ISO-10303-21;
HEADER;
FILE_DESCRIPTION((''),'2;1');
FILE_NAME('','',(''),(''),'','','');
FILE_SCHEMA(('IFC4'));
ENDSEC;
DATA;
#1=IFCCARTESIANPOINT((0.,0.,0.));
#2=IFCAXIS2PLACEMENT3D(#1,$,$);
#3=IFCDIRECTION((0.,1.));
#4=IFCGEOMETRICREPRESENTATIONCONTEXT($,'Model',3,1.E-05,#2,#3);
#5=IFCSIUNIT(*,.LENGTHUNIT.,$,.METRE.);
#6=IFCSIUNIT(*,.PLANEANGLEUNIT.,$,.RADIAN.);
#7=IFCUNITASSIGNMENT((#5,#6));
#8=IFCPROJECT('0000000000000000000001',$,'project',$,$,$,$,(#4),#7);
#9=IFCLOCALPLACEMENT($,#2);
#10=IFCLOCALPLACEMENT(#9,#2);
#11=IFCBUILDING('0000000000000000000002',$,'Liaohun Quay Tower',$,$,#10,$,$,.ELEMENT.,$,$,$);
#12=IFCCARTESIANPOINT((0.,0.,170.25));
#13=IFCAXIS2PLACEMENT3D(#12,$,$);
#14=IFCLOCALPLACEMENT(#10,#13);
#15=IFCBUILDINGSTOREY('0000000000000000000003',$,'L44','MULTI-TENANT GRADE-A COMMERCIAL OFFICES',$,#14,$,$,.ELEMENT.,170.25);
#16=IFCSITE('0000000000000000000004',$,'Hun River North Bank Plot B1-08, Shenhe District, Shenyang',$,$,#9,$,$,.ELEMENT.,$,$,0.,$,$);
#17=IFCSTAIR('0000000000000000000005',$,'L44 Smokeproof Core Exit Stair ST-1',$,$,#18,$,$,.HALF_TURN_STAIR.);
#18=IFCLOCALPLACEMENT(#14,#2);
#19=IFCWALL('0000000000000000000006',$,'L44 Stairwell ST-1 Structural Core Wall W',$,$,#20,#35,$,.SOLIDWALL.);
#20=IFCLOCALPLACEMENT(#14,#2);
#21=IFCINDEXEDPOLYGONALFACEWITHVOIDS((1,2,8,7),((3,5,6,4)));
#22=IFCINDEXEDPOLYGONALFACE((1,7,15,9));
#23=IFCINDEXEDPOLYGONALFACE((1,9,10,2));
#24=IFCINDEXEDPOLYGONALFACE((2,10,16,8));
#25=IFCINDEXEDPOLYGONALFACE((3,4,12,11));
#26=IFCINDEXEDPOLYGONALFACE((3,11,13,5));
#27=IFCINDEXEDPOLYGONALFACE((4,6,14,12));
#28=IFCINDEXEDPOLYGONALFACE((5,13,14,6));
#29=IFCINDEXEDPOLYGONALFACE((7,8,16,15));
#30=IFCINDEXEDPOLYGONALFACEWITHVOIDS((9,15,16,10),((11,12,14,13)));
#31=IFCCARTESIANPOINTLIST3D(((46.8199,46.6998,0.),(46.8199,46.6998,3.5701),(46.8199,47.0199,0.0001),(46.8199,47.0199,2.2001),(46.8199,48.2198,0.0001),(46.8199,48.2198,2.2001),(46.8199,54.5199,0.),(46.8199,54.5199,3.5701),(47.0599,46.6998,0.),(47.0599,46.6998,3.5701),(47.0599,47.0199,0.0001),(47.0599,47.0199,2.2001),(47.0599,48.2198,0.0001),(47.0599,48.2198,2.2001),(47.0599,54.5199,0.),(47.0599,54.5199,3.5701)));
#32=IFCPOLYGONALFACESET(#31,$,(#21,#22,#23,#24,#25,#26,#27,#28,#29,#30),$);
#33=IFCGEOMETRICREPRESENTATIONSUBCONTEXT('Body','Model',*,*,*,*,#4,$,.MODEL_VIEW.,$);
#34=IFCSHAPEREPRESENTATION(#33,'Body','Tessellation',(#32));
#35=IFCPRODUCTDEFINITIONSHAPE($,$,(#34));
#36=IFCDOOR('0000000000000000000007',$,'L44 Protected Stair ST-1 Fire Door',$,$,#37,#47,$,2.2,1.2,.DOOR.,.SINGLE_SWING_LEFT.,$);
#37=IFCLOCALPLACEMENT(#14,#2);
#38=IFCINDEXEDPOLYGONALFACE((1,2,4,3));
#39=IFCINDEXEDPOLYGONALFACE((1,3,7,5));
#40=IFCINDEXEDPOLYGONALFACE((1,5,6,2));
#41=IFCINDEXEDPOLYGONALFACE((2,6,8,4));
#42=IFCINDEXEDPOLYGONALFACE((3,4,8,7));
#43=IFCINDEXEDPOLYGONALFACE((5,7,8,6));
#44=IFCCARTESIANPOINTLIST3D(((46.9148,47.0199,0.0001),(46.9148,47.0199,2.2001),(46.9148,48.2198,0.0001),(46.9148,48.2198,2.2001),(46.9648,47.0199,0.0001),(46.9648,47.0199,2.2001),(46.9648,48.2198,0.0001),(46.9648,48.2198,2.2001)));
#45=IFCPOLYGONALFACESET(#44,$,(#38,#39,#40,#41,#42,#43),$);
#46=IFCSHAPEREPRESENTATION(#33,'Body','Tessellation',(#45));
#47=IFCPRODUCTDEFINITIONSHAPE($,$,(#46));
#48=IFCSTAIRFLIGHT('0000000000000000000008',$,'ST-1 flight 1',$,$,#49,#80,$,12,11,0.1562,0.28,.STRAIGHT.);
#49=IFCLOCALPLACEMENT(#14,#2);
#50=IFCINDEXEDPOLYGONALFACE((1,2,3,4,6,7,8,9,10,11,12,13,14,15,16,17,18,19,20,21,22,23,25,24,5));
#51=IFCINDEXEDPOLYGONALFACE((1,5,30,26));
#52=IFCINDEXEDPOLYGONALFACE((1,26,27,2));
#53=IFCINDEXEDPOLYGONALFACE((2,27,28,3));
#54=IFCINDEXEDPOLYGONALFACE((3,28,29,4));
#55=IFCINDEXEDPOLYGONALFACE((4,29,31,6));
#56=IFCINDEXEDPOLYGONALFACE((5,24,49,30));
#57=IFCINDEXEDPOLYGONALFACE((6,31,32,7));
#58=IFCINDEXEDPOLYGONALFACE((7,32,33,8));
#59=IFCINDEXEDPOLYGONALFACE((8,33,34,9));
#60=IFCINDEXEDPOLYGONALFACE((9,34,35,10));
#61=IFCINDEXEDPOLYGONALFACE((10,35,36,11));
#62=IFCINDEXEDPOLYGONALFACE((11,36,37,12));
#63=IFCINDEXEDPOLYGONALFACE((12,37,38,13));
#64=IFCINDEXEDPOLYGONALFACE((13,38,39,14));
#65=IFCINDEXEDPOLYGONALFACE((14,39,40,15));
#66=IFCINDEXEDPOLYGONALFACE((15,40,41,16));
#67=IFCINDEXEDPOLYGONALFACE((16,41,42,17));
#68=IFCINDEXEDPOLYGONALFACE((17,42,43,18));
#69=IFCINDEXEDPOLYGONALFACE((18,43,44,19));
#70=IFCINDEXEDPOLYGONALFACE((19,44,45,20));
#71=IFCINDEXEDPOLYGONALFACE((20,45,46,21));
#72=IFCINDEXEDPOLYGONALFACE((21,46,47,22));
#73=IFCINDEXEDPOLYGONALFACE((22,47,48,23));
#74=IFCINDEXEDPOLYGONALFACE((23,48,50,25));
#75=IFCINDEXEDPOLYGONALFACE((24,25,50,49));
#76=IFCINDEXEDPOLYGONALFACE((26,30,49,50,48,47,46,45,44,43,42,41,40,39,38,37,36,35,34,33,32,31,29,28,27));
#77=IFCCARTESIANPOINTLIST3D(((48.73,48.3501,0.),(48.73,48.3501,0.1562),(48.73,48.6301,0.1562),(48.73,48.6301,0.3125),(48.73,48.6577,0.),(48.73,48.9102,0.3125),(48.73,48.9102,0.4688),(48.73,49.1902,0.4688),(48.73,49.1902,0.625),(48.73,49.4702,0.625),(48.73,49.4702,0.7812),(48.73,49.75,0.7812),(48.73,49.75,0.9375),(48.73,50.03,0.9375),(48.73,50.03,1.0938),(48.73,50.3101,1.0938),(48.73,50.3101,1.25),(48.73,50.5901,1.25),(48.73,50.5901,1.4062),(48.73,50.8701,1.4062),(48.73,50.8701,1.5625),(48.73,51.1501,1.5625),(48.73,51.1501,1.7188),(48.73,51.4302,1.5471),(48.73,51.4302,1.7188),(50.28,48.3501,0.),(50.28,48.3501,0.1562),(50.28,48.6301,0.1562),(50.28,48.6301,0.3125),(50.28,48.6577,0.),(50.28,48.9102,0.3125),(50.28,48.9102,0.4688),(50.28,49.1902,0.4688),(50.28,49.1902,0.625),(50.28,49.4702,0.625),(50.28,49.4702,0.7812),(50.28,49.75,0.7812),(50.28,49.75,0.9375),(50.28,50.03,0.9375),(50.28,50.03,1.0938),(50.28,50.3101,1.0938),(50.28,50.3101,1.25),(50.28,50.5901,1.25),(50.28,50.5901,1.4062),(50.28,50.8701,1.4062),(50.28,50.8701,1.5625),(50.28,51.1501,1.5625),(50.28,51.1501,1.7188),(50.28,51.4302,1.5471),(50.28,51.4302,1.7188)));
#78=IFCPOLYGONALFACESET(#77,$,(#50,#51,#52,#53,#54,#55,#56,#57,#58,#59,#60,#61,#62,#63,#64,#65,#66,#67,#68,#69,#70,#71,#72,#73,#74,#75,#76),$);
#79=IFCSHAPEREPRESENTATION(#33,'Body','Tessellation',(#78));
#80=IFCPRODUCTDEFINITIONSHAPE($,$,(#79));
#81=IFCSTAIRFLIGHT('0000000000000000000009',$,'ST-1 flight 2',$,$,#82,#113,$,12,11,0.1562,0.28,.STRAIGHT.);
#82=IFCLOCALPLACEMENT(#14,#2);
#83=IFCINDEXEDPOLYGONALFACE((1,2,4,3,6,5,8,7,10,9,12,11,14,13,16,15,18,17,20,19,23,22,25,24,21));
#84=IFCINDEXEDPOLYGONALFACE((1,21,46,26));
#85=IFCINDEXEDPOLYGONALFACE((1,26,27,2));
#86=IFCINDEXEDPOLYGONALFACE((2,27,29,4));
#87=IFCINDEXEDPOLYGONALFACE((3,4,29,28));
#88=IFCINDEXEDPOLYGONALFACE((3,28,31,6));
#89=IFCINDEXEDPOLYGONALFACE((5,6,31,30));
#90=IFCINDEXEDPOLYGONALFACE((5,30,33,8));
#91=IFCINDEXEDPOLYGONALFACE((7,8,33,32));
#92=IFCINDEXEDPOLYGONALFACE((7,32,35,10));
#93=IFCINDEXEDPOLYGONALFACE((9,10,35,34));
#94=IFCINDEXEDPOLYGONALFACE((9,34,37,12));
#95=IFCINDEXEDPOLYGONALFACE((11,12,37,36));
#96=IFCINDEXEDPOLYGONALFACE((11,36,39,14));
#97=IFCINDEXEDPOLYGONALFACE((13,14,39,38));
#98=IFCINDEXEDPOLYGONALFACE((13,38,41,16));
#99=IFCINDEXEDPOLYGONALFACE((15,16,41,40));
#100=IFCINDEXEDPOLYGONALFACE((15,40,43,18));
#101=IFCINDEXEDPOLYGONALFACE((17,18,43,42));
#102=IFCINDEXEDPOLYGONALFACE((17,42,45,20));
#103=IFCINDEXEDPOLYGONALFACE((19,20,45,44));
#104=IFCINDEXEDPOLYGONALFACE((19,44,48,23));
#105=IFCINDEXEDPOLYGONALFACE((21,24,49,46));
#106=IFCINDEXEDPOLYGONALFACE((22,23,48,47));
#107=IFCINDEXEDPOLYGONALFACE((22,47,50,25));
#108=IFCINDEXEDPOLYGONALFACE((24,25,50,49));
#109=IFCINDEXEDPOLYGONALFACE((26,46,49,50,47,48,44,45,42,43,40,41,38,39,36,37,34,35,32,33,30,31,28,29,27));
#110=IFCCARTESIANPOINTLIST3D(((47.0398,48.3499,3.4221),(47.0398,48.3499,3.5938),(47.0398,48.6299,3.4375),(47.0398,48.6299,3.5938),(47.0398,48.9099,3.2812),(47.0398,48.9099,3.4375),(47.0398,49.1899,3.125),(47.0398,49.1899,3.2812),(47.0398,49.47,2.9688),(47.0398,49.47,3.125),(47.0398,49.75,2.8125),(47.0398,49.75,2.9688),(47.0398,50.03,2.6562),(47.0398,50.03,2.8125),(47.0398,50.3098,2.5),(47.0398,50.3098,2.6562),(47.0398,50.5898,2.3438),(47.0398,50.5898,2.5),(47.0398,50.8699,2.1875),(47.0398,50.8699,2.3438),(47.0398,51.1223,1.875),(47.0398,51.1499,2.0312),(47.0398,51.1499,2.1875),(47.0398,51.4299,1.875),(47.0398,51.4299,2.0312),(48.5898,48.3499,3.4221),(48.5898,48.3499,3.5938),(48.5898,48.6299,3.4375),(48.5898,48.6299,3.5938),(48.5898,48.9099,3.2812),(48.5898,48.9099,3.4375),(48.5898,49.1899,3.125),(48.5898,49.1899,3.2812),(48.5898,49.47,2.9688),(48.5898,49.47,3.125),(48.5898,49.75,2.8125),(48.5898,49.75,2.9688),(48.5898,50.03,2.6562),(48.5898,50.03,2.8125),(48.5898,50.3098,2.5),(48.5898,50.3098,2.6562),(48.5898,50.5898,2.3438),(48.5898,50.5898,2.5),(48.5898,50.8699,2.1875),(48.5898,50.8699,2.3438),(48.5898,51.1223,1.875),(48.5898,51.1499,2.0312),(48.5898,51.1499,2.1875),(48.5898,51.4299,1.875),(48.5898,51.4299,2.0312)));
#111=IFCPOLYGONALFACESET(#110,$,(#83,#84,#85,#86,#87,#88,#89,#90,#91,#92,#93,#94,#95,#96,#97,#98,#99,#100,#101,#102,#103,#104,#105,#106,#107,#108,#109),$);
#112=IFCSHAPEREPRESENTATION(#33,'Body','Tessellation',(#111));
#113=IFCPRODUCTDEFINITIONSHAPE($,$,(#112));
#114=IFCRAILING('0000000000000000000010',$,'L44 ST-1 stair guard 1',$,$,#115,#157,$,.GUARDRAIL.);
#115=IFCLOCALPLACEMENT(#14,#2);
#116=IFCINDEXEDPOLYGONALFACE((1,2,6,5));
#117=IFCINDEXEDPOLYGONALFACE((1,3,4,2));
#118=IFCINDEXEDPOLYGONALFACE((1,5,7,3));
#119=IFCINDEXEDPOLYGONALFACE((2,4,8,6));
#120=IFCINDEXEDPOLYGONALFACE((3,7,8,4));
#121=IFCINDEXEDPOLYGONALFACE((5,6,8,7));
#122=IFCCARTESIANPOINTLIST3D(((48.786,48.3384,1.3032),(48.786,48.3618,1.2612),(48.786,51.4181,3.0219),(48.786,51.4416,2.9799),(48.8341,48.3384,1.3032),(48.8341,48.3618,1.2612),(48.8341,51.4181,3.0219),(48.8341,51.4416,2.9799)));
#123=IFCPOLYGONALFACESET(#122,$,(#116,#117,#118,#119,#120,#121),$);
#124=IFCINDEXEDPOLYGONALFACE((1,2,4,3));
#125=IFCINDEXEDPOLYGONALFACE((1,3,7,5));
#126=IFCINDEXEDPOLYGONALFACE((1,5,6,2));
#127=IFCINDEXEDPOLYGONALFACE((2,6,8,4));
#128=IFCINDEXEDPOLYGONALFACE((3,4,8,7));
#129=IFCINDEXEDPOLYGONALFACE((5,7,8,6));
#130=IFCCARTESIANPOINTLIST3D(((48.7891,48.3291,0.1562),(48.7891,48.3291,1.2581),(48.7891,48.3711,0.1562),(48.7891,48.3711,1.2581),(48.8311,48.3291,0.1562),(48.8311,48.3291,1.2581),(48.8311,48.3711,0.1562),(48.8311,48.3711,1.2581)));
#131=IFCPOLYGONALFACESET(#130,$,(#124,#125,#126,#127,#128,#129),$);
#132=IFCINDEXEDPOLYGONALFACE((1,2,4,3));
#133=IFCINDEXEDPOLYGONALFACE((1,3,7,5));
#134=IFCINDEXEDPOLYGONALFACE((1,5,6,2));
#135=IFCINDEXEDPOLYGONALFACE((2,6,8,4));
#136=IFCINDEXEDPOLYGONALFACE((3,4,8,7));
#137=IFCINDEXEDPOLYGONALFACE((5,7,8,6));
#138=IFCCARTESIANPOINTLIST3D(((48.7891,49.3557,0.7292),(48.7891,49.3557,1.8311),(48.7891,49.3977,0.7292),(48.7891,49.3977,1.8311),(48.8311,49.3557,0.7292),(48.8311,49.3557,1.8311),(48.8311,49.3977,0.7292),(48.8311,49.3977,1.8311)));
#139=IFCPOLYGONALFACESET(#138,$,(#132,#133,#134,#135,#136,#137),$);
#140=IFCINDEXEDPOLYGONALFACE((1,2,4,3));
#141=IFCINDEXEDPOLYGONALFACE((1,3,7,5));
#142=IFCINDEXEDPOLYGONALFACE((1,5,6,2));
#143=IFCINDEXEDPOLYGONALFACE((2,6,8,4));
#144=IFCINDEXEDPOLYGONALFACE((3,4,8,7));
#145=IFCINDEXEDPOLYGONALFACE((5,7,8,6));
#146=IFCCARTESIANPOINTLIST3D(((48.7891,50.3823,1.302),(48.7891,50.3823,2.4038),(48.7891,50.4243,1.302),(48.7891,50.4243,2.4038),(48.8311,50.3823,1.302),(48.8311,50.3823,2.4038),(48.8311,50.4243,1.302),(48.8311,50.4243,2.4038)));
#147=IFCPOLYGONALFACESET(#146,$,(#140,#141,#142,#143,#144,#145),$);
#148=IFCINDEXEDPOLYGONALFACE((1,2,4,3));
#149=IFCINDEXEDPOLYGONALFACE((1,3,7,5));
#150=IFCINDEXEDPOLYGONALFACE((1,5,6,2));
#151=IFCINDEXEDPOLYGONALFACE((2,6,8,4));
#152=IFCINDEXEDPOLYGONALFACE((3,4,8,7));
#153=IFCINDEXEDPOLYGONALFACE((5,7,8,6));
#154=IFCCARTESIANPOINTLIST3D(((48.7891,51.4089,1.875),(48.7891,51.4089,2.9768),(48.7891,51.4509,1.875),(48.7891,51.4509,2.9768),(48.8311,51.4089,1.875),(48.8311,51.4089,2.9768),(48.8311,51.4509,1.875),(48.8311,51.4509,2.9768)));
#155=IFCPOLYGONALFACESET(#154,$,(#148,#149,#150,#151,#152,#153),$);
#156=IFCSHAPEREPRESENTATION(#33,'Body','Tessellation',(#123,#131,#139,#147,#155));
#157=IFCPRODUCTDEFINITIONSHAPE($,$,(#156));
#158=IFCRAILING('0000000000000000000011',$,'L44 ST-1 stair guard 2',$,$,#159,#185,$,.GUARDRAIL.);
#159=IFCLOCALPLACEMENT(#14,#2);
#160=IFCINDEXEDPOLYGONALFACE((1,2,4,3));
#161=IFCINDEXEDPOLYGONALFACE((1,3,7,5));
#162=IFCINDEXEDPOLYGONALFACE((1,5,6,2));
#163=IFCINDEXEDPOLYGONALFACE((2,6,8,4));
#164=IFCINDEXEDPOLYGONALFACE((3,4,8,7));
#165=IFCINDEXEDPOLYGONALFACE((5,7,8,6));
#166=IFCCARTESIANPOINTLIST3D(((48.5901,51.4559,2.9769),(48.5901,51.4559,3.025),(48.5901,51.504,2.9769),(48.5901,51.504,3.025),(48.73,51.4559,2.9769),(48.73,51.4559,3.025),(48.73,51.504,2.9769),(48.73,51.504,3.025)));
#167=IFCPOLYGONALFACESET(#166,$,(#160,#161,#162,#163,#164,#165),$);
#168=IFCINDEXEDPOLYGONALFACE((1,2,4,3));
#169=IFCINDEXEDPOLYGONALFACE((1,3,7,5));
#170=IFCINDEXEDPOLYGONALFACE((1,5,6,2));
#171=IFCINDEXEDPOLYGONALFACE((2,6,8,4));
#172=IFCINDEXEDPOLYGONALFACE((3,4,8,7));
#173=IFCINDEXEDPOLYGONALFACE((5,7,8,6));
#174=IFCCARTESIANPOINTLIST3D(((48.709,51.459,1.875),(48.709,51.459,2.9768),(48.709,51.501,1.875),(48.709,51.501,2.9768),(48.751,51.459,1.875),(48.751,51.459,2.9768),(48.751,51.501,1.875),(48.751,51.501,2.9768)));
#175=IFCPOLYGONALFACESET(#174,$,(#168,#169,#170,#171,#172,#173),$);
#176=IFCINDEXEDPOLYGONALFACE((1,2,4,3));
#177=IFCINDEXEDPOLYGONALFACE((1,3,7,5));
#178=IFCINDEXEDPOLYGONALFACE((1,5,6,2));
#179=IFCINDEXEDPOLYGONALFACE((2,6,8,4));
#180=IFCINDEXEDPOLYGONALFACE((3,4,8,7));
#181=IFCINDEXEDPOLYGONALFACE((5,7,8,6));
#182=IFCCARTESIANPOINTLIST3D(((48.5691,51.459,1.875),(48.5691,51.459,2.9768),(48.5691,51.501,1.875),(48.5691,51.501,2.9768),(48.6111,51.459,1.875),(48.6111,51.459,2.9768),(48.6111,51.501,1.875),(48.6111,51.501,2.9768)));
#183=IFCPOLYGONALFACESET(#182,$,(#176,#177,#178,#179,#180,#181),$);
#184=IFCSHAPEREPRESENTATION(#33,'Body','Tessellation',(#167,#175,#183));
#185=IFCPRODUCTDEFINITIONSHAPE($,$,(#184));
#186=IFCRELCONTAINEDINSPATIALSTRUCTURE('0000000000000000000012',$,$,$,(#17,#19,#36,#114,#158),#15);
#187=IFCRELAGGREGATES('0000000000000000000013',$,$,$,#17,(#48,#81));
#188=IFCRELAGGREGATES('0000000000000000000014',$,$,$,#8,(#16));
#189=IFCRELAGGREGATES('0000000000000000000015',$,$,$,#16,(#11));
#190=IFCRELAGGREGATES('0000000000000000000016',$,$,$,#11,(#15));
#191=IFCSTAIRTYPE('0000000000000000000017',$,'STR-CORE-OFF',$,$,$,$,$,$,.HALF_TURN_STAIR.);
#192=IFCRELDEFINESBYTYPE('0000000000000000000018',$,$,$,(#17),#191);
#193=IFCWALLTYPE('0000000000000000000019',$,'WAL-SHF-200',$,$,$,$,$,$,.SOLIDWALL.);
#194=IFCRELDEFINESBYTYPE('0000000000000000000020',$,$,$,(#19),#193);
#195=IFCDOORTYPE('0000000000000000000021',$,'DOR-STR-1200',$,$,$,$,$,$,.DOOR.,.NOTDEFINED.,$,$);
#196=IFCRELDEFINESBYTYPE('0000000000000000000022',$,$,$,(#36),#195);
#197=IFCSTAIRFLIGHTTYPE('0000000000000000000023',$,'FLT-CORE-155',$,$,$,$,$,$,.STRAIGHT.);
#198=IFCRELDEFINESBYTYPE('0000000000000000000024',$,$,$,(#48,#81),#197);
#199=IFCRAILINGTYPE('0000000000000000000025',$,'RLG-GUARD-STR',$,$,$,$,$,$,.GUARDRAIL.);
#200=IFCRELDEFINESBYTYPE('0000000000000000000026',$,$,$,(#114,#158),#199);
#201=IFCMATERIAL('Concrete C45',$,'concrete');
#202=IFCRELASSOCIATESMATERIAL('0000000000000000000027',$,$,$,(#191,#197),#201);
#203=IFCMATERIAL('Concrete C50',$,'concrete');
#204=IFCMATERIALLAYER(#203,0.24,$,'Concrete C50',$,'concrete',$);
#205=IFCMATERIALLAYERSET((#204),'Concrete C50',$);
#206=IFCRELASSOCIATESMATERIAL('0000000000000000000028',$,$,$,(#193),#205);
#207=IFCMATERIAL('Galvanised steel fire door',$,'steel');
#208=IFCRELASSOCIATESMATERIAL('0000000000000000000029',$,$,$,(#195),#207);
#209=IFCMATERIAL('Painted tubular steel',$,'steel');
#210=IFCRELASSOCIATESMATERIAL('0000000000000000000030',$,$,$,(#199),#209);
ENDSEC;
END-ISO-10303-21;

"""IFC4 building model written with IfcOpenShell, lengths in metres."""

from ifc_helpers import new_model, si_unit, direction, frame, frame_2d, origin, origin_2d, place, context, subcontext, project, spatial, polyline, rectangle, outline, extrude, source, transform, mapped, material, layer, layer_set, type_object, element, fill, aggregate, save


model = new_model("IFC4")

# Units and contexts
model_context = context("Model", 3, precision=1e-05, world=origin(), true_north=direction((0.0, 1.0)))
body_context = subcontext(model_context, "Body", "Model", "MODEL_VIEW")
ifc_project = project(units=[si_unit("LENGTHUNIT", "METRE"), si_unit("PLANEANGLEUNIT", "RADIAN")], contexts=[model_context])

# Site, building, storey
site_placement = place(None, origin())
site = spatial("IfcSite", under=ifc_project, at=site_placement, Name="Hun River North Bank Plot B1-08, Shenhe District, Shenyang", CompositionType="ELEMENT", RefElevation=0.0)
building_placement = place(site_placement, origin())
building = spatial("IfcBuilding", under=site, at=building_placement, Name="Liaohun Quay Tower", CompositionType="ELEMENT")
storey_placement = place(building_placement, frame((0.0, 0.0, 170.25)))
storey = spatial("IfcBuildingStorey", under=building, at=storey_placement, Name="L44", Description="MULTI-TENANT GRADE-A COMMERCIAL OFFICES", CompositionType="ELEMENT", Elevation=170.25)

# Stair
ifc_material_1 = material(Name="Concrete C45", Category="concrete")
stair_type = type_object("IfcStairType", Name="STR-CORE-OFF", PredefinedType="HALF_TURN_STAIR", material=ifc_material_1)
stair_1_placement = place(storey_placement, origin())
stair_1 = element("IfcStair", 1, at=stair_1_placement, inside=storey, type_object=stair_type, Name="L44 Smokeproof Core Exit Stair ST-1", PredefinedType="HALF_TURN_STAIR")

# Shared definitions
ifc_material_2 = material(Name="Concrete C50", Category="concrete")
ifc_layer_1 = layer(ifc_material_2, 0.24, Name="Concrete C50", Category="concrete")
ifc_layer_set_1 = layer_set([ifc_layer_1], Name="Concrete C50")
wall_type_1 = type_object("IfcWallType", Name="WAL-SHF-200", PredefinedType="SOLIDWALL", material=ifc_layer_set_1)

# Wall, opening, door
wall_1_placement = place(storey_placement, frame((46.9399, 54.52, 0.0), z_axis=(0.0, 0.0, 1.0), x_axis=(0.0, -1.0, 0.0)))
wall_1 = element("IfcWall", 2, at=wall_1_placement, inside=storey, type_object=wall_type_1, Name="L44 Stairwell ST-1 Structural Core Wall W", PredefinedType="SOLIDWALL", context=body_context, shape_type="SweptSolid", body=[
    extrude(rectangle(XDim=7.8201, YDim=0.24, at=frame_2d((3.9102, 0.0))), origin(), (0.0, 0.0, 1.0), 3.5701),
])
shared_shape_1 = source(origin(), body_context, "Body", "SweptSolid", [
    extrude(rectangle(XDim=1.2, YDim=2.2, at=frame_2d((0.6001, 1.1001))), frame((0.0, 0.1299, 0.0), z_axis=(0.0, -1.0, 0.0), x_axis=(1.0, 0.0, 0.0)), (0.0, 0.0, 1.0), 0.26),
])
opening_1_placement = place(wall_1_placement, frame((6.3, 0.0, 0.0)))
opening_1 = element("IfcOpeningElement", 3, at=opening_1_placement, cuts=wall_1, PredefinedType="OPENING", context=body_context, shape_type="MappedRepresentation", body=[
    mapped(shared_shape_1, transform((0.0, 0.0, 0.0), x_axis=(1.0, 0.0, 0.0), y_axis=(0.0, 1.0, 0.0), z_axis=(0.0, 0.0, 1.0), scale=1.0)),
])
ifc_material_3 = material(Name="Galvanised steel fire door", Category="steel")
door_type_1 = type_object("IfcDoorType", Name="DOR-STR-1200", OperationType="NOTDEFINED", PredefinedType="DOOR", material=ifc_material_3)
shared_shape_2 = source(origin(), body_context, "Body", "SweptSolid", [
    extrude(rectangle(XDim=1.2, YDim=2.2, at=frame_2d((0.6001, 1.1001))), frame((0.0, 0.0249, 0.0), z_axis=(0.0, -1.0, 0.0), x_axis=(1.0, 0.0, 0.0)), (0.0, 0.0, 1.0), 0.05),
])
door_1_placement = place(opening_1_placement, origin())
door_1 = element("IfcDoor", 4, at=door_1_placement, inside=storey, type_object=door_type_1, Name="L44 Protected Stair ST-1 Fire Door", OperationType="SINGLE_SWING_LEFT", OverallHeight=2.2, OverallWidth=1.2, PredefinedType="DOOR", context=body_context, shape_type="MappedRepresentation", body=[
    mapped(shared_shape_2, transform((0.0, 0.0, 0.0), x_axis=(1.0, 0.0, 0.0), y_axis=(0.0, 1.0, 0.0), z_axis=(0.0, 0.0, 1.0), scale=1.0)),
])
fill(opening_1, door_1)

# Stair flights
stair_flight_type = type_object("IfcStairFlightType", Name="FLT-CORE-155", PredefinedType="STRAIGHT", material=ifc_material_1)
stair_flight_1_placement = place(storey_placement, frame((49.5049, 48.3501, 0.0), z_axis=(0.0, 0.0, 1.0), x_axis=(0.0, 1.0, 0.0)))
stair_flight_1 = element("IfcStairFlight", 5, at=stair_flight_1_placement, type_object=stair_flight_type, Name="ST-1 flight 1", NumberOfRisers=12, NumberOfTreads=11, PredefinedType="STRAIGHT", RiserHeight=0.1562, TreadLength=0.28, context=body_context, shape_type="SweptSolid", body=[
    extrude(outline(polyline([(0.0, 0.0), (0.0, 0.1562), (0.28, 0.1562), (0.28, 0.3125), (0.5601, 0.3125), (0.5601, 0.4688), (0.8401, 0.4688), (0.8401, 0.625), (1.1201, 0.625), (1.1201, 0.7812), (1.3999, 0.7812), (1.3999, 0.9375), (1.6799, 0.9375), (1.6799, 1.0938), (1.96, 1.0938), (1.96, 1.25), (2.24, 1.25), (2.24, 1.4062), (2.52, 1.4062), (2.52, 1.5625), (2.8, 1.5625), (2.8, 1.7188), (3.0801, 1.7188), (3.0801, 1.875), (3.0801, 1.5471), (0.3076, 0.0), (0.0, 0.0)])), frame((0.0, 0.7749, 0.0), z_axis=(0.0, -1.0, 0.0), x_axis=(1.0, 0.0, 0.0)), (0.0, 0.0, 1.0), 1.55),
])
stair_flight_2_placement = place(storey_placement, frame((47.8149, 51.4299, 1.875), z_axis=(0.0, 0.0, 1.0), x_axis=(0.0, -1.0, 0.0)))
stair_flight_2 = element("IfcStairFlight", 6, at=stair_flight_2_placement, type_object=stair_flight_type, Name="ST-1 flight 2", NumberOfRisers=12, NumberOfTreads=11, PredefinedType="STRAIGHT", RiserHeight=0.1562, TreadLength=0.28, context=body_context, shape_type="SweptSolid", body=[
    extrude(outline(polyline([(0.0, 0.0), (0.0, 0.1562), (0.28, 0.1562), (0.28, 0.3125), (0.5601, 0.3125), (0.5601, 0.4688), (0.8401, 0.4688), (0.8401, 0.625), (1.1201, 0.625), (1.1201, 0.7812), (1.3999, 0.7812), (1.3999, 0.9375), (1.6799, 0.9375), (1.6799, 1.0938), (1.96, 1.0938), (1.96, 1.25), (2.24, 1.25), (2.24, 1.4062), (2.52, 1.4062), (2.52, 1.5625), (2.8, 1.5625), (2.8, 1.7188), (3.0801, 1.7188), (3.0801, 1.875), (3.0801, 1.5471), (0.3076, 0.0), (0.0, 0.0)])), frame((0.0, 0.7749, 0.0), z_axis=(0.0, -1.0, 0.0), x_axis=(1.0, 0.0, 0.0)), (0.0, 0.0, 1.0), 1.55),
])
aggregate(stair_1, [stair_flight_1, stair_flight_2])

# Railings
ifc_material_4 = material(Name="Painted tubular steel", Category="steel")
railing_type_1 = type_object("IfcRailingType", Name="RLG-GUARD-STR", PredefinedType="GUARDRAIL", material=ifc_material_4)
railing_1_placement = place(storey_placement, frame((48.8101, 48.3501, 0.1562)))
element("IfcRailing", 7, at=railing_1_placement, inside=storey, type_object=railing_type_1, Name="L44 ST-1 stair guard 1", PredefinedType="GUARDRAIL", context=body_context, shape_type="SweptSolid", body=[
    extrude(rectangle(XDim=0.0481, YDim=0.0481, at=origin_2d()), frame((0.0, 0.0, 1.126), z_axis=(0.0, 0.873225, 0.487317), x_axis=(-1.0, 0.0, 0.0)), (0.0, 0.0, 1.0), 3.5269),
    extrude(rectangle(XDim=0.042, YDim=0.042, at=origin_2d()), origin(), (0.0, 0.0, 1.0), 1.1018),
    extrude(rectangle(XDim=0.042, YDim=0.042, at=origin_2d()), frame((0.0, 1.0266, 0.573)), (0.0, 0.0, 1.0), 1.1018),
    extrude(rectangle(XDim=0.042, YDim=0.042, at=origin_2d()), frame((0.0, 2.0532, 1.1458)), (0.0, 0.0, 1.0), 1.1018),
    extrude(rectangle(XDim=0.042, YDim=0.042, at=origin_2d()), frame((0.0, 3.0798, 1.7188)), (0.0, 0.0, 1.0), 1.1018),
])
railing_2_placement = place(storey_placement, frame((48.73, 51.48, 1.875)))
element("IfcRailing", 8, at=railing_2_placement, inside=storey, type_object=railing_type_1, Name="L44 ST-1 stair guard 2", PredefinedType="GUARDRAIL", context=body_context, shape_type="SweptSolid", body=[
    extrude(rectangle(XDim=0.0481, YDim=0.0481, at=origin_2d()), frame((0.0, 0.0, 1.126), z_axis=(-1.0, 0.0, 0.0), x_axis=(0.0, -1.0, 0.0)), (0.0, 0.0, 1.0), 0.1399),
    extrude(rectangle(XDim=0.042, YDim=0.042, at=origin_2d()), origin(), (0.0, 0.0, 1.0), 1.1018),
    extrude(rectangle(XDim=0.042, YDim=0.042, at=origin_2d()), frame((-0.1399, 0.0, 0.0)), (0.0, 0.0, 1.0), 1.1018),
])

save(model, "model.ifc")
